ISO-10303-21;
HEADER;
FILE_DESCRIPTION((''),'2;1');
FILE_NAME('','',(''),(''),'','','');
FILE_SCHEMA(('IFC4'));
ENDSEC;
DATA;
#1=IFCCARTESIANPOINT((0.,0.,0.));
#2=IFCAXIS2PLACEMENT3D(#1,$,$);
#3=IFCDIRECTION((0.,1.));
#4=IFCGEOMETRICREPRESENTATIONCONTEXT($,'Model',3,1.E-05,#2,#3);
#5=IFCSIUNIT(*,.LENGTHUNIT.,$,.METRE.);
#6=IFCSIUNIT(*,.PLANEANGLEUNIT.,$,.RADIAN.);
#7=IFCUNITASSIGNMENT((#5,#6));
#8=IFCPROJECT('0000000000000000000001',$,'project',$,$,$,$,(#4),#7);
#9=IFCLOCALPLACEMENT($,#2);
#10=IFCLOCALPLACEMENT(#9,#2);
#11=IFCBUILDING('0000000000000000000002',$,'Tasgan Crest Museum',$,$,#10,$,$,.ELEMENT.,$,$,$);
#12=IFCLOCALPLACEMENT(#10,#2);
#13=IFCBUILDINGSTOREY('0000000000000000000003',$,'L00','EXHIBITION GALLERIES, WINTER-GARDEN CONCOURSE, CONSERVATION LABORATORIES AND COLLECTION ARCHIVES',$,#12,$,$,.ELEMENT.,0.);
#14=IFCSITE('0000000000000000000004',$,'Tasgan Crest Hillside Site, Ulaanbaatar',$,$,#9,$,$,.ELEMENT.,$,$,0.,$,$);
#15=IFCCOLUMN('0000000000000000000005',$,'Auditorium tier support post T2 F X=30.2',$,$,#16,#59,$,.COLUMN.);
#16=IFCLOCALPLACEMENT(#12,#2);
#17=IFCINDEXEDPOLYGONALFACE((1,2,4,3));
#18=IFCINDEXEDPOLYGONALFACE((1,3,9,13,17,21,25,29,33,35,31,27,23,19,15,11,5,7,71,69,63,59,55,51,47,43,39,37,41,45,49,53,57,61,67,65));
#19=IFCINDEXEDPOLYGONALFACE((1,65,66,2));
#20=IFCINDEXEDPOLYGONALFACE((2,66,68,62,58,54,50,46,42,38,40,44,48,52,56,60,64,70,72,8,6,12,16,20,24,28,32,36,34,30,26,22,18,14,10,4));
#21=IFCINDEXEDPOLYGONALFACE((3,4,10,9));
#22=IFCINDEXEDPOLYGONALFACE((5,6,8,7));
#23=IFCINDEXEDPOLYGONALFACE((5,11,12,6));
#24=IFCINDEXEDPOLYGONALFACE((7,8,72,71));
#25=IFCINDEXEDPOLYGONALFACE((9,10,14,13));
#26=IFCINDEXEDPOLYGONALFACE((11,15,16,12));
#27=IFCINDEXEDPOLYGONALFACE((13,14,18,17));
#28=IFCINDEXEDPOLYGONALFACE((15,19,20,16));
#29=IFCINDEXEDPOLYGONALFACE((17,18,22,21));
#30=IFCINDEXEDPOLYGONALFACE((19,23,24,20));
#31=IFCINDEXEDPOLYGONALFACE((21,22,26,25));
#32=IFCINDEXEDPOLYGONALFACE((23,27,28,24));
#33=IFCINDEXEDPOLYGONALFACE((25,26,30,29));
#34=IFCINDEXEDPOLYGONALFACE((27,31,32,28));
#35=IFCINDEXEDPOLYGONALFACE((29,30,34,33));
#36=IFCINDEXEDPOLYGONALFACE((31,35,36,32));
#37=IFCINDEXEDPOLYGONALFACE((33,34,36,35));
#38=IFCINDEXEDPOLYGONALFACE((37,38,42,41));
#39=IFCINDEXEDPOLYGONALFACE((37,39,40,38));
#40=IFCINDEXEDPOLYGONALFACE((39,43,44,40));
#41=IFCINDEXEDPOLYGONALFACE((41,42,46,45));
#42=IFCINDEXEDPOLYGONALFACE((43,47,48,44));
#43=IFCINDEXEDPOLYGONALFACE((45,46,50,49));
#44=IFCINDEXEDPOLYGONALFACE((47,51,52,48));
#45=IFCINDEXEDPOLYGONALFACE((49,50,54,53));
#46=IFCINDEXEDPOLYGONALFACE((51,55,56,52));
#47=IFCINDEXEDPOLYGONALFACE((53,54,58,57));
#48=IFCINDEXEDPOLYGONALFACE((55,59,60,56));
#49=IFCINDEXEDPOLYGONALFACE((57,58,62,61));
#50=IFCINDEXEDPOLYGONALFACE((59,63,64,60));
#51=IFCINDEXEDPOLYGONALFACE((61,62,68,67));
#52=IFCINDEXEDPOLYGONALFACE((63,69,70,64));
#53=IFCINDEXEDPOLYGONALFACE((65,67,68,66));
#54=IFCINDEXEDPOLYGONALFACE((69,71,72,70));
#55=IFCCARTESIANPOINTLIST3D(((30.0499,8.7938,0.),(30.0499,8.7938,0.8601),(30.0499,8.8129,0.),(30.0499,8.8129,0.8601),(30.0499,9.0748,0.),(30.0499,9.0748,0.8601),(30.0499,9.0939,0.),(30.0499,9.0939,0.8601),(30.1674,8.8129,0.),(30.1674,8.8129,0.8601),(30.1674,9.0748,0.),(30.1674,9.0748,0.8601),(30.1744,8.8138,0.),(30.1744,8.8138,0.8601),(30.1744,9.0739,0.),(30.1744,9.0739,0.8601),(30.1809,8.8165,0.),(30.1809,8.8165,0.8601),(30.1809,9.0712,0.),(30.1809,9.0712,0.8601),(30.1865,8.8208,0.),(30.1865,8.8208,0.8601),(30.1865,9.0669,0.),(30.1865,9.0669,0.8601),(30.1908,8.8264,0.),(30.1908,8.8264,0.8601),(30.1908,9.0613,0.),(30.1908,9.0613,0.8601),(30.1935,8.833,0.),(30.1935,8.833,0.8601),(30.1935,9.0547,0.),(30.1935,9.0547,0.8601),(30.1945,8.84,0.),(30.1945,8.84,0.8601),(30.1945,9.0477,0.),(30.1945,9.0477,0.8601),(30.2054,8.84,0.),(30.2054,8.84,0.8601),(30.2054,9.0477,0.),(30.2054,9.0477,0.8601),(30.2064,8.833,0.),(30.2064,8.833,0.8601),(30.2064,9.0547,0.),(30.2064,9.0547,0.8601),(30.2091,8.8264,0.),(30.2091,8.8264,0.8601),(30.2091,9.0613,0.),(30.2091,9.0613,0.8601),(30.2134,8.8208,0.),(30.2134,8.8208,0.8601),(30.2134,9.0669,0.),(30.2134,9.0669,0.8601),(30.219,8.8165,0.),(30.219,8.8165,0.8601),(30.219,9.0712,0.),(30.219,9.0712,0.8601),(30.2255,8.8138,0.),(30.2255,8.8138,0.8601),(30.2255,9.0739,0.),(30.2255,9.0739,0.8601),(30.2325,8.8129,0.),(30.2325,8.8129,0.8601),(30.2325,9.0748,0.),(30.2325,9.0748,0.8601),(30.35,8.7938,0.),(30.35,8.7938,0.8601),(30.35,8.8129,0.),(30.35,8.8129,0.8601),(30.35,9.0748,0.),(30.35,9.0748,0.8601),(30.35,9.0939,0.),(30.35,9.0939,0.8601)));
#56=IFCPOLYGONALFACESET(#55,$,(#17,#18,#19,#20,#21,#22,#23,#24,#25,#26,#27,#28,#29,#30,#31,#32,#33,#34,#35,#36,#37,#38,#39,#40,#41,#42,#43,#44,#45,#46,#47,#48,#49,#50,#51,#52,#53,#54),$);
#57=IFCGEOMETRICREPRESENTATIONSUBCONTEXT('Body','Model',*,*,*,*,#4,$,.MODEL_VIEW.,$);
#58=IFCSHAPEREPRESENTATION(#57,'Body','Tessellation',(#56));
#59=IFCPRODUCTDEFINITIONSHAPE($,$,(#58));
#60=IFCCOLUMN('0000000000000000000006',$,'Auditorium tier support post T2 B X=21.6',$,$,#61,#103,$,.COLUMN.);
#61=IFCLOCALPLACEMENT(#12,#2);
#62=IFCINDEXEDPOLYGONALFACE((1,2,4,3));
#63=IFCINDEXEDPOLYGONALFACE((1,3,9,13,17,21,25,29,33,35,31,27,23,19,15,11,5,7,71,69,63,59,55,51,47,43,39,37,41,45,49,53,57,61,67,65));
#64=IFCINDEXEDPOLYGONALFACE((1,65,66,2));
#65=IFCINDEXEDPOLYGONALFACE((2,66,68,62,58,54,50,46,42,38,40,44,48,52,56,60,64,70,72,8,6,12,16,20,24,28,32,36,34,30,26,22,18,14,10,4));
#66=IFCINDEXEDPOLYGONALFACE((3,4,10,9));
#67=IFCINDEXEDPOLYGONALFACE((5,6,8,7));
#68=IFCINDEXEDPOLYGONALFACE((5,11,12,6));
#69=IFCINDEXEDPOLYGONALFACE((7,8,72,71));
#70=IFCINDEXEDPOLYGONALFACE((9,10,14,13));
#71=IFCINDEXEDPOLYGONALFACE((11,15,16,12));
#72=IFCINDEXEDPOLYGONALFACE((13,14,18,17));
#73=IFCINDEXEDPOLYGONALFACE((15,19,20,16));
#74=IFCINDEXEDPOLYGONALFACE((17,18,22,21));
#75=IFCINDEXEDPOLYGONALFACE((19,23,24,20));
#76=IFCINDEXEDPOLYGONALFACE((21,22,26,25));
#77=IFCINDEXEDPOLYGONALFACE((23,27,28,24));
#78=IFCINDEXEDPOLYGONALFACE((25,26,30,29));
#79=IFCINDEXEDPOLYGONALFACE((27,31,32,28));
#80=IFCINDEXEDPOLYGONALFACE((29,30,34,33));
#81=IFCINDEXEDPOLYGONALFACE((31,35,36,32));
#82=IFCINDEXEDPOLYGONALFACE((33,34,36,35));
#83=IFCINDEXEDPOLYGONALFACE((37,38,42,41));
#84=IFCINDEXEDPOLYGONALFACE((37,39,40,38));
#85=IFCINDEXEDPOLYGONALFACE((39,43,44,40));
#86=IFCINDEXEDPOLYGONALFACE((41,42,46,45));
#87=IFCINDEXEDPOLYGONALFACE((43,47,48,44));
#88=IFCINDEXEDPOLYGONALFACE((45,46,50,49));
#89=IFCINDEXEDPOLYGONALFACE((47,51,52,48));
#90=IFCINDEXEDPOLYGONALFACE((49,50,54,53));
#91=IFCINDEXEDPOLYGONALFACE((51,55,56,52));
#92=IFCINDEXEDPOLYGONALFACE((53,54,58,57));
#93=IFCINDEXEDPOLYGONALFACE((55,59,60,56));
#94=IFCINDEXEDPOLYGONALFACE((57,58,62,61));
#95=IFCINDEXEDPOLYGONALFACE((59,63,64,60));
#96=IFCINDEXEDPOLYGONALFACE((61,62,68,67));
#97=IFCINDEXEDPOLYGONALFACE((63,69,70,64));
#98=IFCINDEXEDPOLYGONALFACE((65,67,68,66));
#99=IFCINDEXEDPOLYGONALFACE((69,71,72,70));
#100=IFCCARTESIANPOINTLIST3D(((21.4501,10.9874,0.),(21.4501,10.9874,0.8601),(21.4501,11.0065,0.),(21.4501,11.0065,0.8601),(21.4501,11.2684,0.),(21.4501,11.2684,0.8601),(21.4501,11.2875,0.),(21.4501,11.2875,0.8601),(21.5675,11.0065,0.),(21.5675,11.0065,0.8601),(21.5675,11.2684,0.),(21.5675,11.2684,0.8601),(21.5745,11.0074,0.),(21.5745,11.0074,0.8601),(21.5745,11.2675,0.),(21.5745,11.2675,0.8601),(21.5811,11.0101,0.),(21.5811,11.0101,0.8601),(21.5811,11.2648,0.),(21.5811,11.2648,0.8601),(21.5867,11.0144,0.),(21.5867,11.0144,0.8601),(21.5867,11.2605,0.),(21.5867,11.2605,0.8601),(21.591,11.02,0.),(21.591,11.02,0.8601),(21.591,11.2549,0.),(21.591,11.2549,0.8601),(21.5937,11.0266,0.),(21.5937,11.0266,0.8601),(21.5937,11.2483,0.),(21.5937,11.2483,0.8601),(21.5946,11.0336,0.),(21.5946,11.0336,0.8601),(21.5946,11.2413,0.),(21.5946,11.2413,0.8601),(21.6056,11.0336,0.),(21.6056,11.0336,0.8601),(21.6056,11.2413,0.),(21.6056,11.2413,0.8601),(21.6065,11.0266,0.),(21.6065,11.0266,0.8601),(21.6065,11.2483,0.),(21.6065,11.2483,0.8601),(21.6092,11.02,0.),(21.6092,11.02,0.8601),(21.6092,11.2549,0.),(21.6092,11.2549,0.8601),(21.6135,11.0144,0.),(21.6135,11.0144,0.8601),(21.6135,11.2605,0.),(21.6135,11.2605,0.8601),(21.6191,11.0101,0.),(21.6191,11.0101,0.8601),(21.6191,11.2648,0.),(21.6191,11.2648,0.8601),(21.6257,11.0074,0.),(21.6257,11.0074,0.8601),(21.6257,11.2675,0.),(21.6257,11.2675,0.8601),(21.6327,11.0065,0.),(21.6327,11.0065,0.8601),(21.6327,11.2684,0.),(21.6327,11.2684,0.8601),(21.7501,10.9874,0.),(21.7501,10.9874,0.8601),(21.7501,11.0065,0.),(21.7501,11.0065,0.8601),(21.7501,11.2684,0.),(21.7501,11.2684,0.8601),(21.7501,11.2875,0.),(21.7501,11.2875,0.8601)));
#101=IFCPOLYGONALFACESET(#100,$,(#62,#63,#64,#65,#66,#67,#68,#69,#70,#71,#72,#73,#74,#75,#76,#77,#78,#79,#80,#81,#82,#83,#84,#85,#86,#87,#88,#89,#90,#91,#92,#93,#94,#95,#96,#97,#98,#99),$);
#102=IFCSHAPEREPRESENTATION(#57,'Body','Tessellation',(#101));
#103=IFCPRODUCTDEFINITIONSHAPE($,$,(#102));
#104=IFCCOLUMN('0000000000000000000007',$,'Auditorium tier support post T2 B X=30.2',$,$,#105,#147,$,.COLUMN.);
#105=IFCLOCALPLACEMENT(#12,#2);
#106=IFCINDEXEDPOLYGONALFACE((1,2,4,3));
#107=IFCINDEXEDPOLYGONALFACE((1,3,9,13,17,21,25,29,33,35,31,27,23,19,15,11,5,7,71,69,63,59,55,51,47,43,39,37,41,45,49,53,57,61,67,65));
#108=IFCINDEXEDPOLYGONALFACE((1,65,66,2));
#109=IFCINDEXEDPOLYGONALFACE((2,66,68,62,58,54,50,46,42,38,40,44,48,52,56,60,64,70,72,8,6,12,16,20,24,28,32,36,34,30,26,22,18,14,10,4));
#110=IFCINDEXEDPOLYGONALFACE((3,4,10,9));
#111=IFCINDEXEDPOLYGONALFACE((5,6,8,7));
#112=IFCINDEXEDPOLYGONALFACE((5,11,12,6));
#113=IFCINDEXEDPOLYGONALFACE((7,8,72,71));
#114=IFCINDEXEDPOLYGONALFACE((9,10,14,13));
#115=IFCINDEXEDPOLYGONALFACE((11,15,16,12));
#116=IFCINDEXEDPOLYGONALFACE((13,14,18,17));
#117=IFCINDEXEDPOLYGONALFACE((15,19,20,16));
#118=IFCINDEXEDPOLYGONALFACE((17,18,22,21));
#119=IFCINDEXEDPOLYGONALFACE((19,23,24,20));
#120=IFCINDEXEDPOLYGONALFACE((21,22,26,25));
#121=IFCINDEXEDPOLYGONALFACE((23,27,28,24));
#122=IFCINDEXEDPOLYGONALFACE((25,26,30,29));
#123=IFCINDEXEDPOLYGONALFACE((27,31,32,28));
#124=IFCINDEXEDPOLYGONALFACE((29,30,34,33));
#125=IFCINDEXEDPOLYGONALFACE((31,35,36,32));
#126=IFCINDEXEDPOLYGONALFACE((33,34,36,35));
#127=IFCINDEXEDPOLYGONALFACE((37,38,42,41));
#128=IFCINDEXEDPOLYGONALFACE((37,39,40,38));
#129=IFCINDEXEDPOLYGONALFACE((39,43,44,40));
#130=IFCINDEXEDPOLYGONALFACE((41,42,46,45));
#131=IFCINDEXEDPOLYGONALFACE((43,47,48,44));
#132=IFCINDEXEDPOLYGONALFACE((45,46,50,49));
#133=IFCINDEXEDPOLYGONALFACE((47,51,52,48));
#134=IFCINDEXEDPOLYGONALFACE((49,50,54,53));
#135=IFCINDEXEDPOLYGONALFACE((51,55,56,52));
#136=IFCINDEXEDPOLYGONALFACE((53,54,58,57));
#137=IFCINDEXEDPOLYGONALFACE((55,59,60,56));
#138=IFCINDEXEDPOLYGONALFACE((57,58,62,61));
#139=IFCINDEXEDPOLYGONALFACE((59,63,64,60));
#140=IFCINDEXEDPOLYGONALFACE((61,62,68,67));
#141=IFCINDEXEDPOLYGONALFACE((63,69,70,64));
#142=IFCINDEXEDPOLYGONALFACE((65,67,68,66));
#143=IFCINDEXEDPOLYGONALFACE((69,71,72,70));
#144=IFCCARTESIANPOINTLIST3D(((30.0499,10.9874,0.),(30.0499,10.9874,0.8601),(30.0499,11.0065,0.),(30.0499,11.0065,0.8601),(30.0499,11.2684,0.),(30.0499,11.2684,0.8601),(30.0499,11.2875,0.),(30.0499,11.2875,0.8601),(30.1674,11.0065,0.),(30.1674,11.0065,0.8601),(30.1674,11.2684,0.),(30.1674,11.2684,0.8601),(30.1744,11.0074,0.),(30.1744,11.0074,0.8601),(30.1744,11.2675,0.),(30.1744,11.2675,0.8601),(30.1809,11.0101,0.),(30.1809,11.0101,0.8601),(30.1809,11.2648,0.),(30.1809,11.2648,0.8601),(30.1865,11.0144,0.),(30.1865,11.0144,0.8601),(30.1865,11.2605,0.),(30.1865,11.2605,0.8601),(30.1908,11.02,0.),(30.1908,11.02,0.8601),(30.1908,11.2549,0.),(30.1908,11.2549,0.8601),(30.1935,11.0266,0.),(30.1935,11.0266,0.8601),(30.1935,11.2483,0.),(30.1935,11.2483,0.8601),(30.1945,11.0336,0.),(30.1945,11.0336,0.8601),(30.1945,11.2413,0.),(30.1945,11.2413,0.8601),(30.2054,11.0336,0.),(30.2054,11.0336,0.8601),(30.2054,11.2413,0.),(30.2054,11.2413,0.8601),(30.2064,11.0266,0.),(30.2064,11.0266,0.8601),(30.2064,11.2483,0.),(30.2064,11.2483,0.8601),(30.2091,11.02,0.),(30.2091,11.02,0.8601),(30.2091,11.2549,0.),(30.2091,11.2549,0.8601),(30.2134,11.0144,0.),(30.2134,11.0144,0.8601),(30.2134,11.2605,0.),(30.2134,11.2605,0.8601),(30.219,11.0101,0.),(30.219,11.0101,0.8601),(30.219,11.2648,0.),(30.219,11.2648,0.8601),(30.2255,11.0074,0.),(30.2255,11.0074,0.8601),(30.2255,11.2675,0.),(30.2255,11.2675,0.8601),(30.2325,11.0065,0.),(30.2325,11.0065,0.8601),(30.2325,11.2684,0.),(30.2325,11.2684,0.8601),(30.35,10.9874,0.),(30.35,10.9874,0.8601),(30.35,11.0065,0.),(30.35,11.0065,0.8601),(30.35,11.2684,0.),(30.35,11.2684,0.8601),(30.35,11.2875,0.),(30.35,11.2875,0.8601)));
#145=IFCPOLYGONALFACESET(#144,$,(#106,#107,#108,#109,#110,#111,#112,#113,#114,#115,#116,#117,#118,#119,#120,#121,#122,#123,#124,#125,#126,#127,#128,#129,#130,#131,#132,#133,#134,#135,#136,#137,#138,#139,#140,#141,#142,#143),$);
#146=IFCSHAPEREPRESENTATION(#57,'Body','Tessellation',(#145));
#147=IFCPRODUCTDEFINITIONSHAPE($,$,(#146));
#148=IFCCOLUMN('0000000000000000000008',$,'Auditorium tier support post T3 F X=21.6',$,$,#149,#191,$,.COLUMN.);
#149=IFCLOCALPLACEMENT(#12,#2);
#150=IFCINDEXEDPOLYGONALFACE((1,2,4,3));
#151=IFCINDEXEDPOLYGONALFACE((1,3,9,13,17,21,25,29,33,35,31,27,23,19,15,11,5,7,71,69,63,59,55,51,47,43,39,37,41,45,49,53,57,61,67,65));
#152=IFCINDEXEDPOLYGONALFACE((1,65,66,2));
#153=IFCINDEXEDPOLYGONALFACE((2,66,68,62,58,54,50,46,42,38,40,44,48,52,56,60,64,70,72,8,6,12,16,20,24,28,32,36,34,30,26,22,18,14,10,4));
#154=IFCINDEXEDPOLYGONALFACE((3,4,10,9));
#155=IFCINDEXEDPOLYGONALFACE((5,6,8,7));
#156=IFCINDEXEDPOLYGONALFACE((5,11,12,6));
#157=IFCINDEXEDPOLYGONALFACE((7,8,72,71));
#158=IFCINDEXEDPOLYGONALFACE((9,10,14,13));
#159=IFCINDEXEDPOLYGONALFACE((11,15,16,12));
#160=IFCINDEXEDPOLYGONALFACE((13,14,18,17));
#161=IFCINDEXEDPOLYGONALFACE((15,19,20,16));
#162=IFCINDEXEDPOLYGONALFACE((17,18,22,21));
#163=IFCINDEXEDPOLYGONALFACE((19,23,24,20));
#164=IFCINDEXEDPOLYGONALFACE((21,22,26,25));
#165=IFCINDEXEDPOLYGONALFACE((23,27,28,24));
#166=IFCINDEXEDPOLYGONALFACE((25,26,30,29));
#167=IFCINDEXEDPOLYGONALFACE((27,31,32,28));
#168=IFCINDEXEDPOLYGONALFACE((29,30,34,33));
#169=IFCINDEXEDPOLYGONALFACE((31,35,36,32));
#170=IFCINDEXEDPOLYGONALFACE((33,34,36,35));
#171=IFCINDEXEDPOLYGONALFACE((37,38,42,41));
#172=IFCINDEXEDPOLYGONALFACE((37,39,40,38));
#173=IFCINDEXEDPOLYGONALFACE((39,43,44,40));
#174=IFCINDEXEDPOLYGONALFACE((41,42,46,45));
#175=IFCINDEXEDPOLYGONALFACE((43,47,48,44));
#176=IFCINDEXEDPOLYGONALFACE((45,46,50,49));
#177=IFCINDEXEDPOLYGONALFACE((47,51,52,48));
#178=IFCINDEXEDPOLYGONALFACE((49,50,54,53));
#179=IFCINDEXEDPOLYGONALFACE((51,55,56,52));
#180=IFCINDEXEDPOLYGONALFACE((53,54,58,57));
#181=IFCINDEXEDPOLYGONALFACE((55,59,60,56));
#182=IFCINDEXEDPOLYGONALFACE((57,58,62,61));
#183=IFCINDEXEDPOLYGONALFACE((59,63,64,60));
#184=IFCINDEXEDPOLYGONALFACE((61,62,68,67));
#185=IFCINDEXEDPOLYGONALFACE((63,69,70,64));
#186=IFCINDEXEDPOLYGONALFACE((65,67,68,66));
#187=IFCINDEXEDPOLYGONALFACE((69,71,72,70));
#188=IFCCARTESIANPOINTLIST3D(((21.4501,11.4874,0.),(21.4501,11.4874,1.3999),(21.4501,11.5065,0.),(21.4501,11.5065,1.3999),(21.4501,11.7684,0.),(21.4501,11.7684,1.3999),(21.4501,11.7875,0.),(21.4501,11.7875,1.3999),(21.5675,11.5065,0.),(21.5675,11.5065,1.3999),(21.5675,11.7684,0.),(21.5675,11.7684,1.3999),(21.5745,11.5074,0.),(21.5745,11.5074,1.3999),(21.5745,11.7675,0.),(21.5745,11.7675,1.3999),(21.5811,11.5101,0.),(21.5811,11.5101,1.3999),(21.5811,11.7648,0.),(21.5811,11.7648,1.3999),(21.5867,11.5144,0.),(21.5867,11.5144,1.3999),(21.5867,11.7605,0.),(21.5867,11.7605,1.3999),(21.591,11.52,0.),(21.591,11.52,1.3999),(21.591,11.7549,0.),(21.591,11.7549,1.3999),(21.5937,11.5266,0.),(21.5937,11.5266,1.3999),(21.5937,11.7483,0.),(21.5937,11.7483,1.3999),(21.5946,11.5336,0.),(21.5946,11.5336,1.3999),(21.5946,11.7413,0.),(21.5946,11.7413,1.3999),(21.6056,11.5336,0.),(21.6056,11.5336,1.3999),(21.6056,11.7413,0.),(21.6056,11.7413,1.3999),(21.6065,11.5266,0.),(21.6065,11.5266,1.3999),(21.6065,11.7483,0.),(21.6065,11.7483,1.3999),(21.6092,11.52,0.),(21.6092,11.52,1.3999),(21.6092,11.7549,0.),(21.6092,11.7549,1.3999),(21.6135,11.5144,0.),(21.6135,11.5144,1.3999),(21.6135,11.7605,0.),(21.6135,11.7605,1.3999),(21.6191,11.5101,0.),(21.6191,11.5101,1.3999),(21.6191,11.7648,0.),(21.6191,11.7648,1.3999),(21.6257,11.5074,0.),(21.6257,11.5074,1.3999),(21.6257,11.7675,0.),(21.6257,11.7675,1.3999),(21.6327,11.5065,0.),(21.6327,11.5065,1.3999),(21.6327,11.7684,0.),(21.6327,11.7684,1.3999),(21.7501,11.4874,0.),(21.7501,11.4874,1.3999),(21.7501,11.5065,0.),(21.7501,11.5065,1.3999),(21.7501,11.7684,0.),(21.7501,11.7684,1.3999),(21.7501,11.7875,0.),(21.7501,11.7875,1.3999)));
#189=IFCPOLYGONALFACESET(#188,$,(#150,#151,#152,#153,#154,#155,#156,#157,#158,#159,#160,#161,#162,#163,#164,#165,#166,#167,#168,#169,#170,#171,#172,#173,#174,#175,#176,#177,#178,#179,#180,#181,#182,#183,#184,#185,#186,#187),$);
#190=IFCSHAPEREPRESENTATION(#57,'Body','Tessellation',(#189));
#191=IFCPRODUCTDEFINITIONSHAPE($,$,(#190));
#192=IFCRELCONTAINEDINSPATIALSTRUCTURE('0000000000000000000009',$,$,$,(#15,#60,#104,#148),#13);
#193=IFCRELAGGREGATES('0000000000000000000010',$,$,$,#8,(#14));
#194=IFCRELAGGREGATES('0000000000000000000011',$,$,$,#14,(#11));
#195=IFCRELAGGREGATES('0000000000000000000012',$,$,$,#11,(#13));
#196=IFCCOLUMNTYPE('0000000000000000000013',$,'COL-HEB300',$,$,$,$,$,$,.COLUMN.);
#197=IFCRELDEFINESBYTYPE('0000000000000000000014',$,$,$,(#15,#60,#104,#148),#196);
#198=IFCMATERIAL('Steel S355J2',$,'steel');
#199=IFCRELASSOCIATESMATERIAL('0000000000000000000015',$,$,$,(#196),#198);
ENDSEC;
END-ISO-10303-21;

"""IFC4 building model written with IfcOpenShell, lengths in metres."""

from ifc_helpers import new_model, si_unit, direction, frame, origin, origin_2d, place, context, subcontext, project, spatial, i_section, extrude, material, material_profile, profile_set, type_object, element, save


model = new_model("IFC4")

# Units and contexts
model_context = context("Model", 3, precision=1e-05, world=origin(), true_north=direction((0.0, 1.0)))
body_context = subcontext(model_context, "Body", "Model", "MODEL_VIEW")
ifc_project = project(units=[si_unit("LENGTHUNIT", "METRE"), si_unit("PLANEANGLEUNIT", "RADIAN")], contexts=[model_context])

# Site, building, storey
site_placement = place(None, origin())
site = spatial("IfcSite", under=ifc_project, at=site_placement, Name="Tasgan Crest Hillside Site, Ulaanbaatar", CompositionType="ELEMENT", RefElevation=0.0)
building_placement = place(site_placement, origin())
building = spatial("IfcBuilding", under=site, at=building_placement, Name="Tasgan Crest Museum", CompositionType="ELEMENT")
storey_placement = place(building_placement, origin())
storey = spatial("IfcBuildingStorey", under=building, at=storey_placement, Name="L00", Description="EXHIBITION GALLERIES, WINTER-GARDEN CONCOURSE, CONSERVATION LABORATORIES AND COLLECTION ARCHIVES", CompositionType="ELEMENT", Elevation=0.0)

# Columns
ifc_material_1 = material(Name="Steel S355J2", Category="steel")
ifc_material_profile_1 = material_profile(ifc_material_1, i_section(OverallWidth=0.3, OverallDepth=0.3, WebThickness=0.011, FlangeThickness=0.019, FilletRadius=0.0271, at=origin_2d()), Name="HEB 300")
ifc_profile_set_1 = profile_set([ifc_material_profile_1], Name="Steel S355J2")
column_type_1 = type_object("IfcColumnType", Name="COL-HEB300", PredefinedType="COLUMN", material=ifc_profile_set_1)
for number, where, z_axis, x_axis, name in (
    (1, (30.2, 8.9438, 0.0), (0.0, 0.0, 1.0), (1.0, 0.0, 0.0), "Auditorium tier support post T2 F X=30.2"),
    (2, (21.6001, 11.1375, 0.0), (0.0, 0.0, 1.0), (1.0, 0.0, 0.0), "Auditorium tier support post T2 B X=21.6"),
    (3, (30.2, 11.1375, 0.0), (0.0, 0.0, 1.0), (1.0, 0.0, 0.0), "Auditorium tier support post T2 B X=30.2"),
):
    element("IfcColumn", number, at=place(storey_placement, frame(where, z_axis=z_axis, x_axis=x_axis)), inside=storey, type_object=column_type_1, Name=name, PredefinedType="COLUMN", context=body_context, shape_type="SweptSolid", body=[
        extrude(i_section(OverallWidth=0.3, OverallDepth=0.3, WebThickness=0.011, FlangeThickness=0.019, FilletRadius=0.0271, at=origin_2d()), origin(), (0.0, 0.0, 1.0), 0.8601),
    ])
for number, where, z_axis, x_axis, name in (
    (4, (21.6001, 11.6375, 0.0), (0.0, 0.0, 1.0), (1.0, 0.0, 0.0), "Auditorium tier support post T3 F X=21.6"),
):
    element("IfcColumn", number, at=place(storey_placement, frame(where, z_axis=z_axis, x_axis=x_axis)), inside=storey, type_object=column_type_1, Name=name, PredefinedType="COLUMN", context=body_context, shape_type="SweptSolid", body=[
        extrude(i_section(OverallWidth=0.3, OverallDepth=0.3, WebThickness=0.011, FlangeThickness=0.019, FilletRadius=0.0271, at=origin_2d()), origin(), (0.0, 0.0, 1.0), 1.3999),
    ])

save(model, "model.ifc")
